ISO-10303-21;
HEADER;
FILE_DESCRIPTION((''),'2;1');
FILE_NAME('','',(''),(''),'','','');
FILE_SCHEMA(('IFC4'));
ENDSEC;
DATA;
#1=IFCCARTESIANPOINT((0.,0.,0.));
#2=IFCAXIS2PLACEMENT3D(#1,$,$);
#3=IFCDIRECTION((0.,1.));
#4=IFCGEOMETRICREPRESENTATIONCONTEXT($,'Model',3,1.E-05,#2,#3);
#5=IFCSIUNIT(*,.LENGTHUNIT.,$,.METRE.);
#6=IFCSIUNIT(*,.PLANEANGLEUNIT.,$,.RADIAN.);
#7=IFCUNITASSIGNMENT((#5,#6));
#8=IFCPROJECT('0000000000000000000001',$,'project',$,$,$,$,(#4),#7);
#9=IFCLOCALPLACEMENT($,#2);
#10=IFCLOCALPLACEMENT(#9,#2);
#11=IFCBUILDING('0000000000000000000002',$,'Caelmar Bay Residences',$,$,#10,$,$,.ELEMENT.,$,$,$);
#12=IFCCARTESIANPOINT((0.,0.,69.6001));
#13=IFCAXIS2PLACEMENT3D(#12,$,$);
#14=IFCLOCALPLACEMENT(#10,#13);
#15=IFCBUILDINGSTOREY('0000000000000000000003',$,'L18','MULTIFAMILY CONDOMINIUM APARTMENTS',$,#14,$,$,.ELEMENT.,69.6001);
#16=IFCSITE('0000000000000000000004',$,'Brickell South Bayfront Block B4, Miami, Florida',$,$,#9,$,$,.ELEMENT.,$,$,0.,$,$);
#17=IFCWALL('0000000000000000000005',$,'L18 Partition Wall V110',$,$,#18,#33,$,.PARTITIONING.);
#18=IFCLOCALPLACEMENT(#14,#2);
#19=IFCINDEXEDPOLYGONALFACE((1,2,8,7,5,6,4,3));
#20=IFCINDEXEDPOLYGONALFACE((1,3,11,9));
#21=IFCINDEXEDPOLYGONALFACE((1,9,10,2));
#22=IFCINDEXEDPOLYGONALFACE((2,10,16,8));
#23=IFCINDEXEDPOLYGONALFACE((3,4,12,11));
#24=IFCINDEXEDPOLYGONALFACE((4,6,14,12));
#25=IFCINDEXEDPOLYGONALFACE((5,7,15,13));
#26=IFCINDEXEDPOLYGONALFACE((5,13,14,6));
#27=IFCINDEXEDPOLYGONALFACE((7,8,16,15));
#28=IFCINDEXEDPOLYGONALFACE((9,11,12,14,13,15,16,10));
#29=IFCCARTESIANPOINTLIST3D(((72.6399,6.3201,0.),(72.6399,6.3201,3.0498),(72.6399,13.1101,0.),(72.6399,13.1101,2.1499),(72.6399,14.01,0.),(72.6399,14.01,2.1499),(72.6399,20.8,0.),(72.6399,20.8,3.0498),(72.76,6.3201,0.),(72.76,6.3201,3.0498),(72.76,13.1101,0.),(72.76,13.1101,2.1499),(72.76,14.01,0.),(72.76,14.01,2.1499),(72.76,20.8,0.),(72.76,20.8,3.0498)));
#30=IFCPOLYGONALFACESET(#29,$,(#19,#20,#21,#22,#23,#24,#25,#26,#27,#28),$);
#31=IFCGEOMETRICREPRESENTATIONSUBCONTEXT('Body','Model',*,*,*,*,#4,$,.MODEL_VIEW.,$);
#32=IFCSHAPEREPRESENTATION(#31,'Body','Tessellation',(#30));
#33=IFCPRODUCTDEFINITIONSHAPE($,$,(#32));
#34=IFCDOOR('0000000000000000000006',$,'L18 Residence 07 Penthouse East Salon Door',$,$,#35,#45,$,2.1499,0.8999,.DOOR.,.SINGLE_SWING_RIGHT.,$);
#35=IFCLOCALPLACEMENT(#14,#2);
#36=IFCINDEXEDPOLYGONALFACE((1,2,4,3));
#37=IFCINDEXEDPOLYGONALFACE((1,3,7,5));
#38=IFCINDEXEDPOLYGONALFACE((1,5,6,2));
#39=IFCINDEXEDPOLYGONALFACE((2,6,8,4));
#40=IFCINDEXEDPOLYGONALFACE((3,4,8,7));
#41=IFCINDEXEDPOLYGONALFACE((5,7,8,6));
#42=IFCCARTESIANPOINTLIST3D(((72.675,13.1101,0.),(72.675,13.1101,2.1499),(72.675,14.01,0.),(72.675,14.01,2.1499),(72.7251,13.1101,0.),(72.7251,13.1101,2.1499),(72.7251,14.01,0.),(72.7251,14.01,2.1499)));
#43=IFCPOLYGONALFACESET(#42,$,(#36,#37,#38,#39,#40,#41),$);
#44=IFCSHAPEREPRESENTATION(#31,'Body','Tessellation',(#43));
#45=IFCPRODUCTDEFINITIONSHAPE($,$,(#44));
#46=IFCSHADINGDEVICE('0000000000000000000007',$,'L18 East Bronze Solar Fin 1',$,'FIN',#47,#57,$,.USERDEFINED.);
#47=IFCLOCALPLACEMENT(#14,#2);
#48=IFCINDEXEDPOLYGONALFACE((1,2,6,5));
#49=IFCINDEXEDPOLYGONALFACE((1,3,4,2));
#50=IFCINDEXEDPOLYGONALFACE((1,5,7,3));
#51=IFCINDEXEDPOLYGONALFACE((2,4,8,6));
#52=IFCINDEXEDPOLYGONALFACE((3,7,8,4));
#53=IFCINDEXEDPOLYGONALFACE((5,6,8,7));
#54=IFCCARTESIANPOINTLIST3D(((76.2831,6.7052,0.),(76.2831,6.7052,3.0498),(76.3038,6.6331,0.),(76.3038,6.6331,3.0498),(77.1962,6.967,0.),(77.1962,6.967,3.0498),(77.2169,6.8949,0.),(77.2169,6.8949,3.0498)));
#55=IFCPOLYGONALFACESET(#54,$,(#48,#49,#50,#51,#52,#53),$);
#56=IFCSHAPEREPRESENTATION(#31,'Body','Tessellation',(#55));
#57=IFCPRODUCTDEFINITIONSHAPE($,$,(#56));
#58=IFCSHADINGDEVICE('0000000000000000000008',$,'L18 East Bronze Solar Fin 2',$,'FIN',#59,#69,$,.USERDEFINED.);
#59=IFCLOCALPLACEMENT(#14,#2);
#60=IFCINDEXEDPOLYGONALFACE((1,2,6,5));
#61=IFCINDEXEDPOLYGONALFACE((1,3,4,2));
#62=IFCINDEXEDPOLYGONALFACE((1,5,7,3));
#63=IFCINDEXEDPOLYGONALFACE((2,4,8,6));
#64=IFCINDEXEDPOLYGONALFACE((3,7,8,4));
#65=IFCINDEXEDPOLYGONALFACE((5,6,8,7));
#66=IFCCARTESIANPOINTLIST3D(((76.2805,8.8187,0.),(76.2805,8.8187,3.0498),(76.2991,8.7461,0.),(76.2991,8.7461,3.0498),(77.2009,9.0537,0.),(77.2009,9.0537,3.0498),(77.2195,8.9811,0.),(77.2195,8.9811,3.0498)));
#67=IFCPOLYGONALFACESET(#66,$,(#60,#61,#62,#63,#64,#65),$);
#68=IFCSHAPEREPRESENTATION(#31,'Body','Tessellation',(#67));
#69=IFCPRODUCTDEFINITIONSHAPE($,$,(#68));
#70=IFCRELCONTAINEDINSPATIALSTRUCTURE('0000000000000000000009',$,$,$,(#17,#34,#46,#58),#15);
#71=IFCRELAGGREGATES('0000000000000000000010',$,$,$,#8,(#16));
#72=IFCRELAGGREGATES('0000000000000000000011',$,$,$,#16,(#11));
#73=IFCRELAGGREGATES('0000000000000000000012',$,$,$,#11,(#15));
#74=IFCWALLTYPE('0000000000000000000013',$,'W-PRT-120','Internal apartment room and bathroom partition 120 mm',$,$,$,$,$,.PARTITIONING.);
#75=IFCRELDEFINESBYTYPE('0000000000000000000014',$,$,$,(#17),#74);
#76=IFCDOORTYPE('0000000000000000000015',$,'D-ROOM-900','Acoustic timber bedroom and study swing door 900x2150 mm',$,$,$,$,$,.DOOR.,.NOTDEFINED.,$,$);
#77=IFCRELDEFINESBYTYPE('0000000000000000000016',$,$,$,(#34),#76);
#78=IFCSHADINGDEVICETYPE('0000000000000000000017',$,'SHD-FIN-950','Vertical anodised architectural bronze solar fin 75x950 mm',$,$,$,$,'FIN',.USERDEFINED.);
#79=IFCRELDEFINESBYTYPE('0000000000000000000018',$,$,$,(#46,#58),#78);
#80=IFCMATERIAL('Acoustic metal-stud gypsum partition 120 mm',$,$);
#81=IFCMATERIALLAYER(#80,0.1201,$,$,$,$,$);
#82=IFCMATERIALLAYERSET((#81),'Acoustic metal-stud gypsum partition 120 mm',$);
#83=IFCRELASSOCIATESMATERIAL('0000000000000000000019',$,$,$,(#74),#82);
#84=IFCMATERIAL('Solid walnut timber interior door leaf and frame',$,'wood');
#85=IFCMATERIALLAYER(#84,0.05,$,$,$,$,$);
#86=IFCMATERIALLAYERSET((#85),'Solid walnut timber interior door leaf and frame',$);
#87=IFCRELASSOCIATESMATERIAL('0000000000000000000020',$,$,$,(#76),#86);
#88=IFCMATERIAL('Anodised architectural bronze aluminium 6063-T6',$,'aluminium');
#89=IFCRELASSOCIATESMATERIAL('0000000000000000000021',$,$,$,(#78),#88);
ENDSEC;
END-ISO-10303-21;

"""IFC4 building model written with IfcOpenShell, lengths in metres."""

from ifc_helpers import new_model, si_unit, direction, frame, frame_2d, origin, origin_2d, place, context, subcontext, project, spatial, rectangle, extrude, material, layer, layer_set, material_profile, profile_set, type_object, element, fill, save


model = new_model("IFC4")

# Units and contexts
model_context = context("Model", 3, precision=1e-05, world=origin(), true_north=direction((0.0, 1.0)))
body_context = subcontext(model_context, "Body", "Model", "MODEL_VIEW")
ifc_project = project(units=[si_unit("LENGTHUNIT", "METRE"), si_unit("PLANEANGLEUNIT", "RADIAN")], contexts=[model_context])

# Site, building, storey
site_placement = place(None, origin())
site = spatial("IfcSite", under=ifc_project, at=site_placement, Name="Brickell South Bayfront Block B4, Miami, Florida", CompositionType="ELEMENT", RefElevation=0.0)
building_placement = place(site_placement, origin())
building = spatial("IfcBuilding", under=site, at=building_placement, Name="Caelmar Bay Residences", CompositionType="ELEMENT")
storey_placement = place(building_placement, frame((0.0, 0.0, 69.6001)))
storey = spatial("IfcBuildingStorey", under=building, at=storey_placement, Name="L18", Description="MULTIFAMILY CONDOMINIUM APARTMENTS", CompositionType="ELEMENT", Elevation=69.6001)

# Wall, opening, door
ifc_material_1 = material(Name="Acoustic metal-stud gypsum partition 120 mm")
ifc_layer_1 = layer(ifc_material_1, 0.1201)
ifc_layer_set_1 = layer_set([ifc_layer_1], Name="Acoustic metal-stud gypsum partition 120 mm")
wall_type_1 = type_object("IfcWallType", Name="W-PRT-120", Description="Internal apartment room and bathroom partition 120 mm", PredefinedType="PARTITIONING", material=ifc_layer_set_1)
wall_1_placement = place(storey_placement, frame((72.7, 6.3201, 0.0), z_axis=(0.0, 0.0, 1.0), x_axis=(0.0, 1.0, 0.0)))
wall_1 = element("IfcWall", 1, at=wall_1_placement, inside=storey, type_object=wall_type_1, Name="L18 Partition Wall V110", PredefinedType="PARTITIONING", context=body_context, shape_type="SweptSolid", body=[
    extrude(rectangle(XDim=14.48, YDim=0.1201, at=frame_2d((7.24, 0.0))), origin(), (0.0, 0.0, 1.0), 3.0498),
])
opening_placement = place(wall_1_placement, frame((6.79, 0.0, 0.0)))
opening = element("IfcOpeningElement", 2, at=opening_placement, cuts=wall_1, PredefinedType="OPENING", context=body_context, shape_type="SweptSolid", body=[
    extrude(rectangle(XDim=0.8999, YDim=2.1499, at=frame_2d((0.45, 1.075))), frame((0.0, 0.0701, 0.0), z_axis=(0.0, -1.0, 0.0), x_axis=(1.0, 0.0, 0.0)), (0.0, 0.0, 1.0), 0.1401),
])
ifc_material_2 = material(Name="Solid walnut timber interior door leaf and frame", Category="wood")
ifc_layer_2 = layer(ifc_material_2, 0.05)
ifc_layer_set_2 = layer_set([ifc_layer_2], Name="Solid walnut timber interior door leaf and frame")
door_type = type_object("IfcDoorType", Name="D-ROOM-900", Description="Acoustic timber bedroom and study swing door 900x2150 mm", OperationType="NOTDEFINED", PredefinedType="DOOR", material=ifc_layer_set_2)
door_placement = place(opening_placement, origin())
door = element("IfcDoor", 3, at=door_placement, inside=storey, type_object=door_type, Name="L18 Residence 07 Penthouse East Salon Door", OperationType="SINGLE_SWING_RIGHT", OverallHeight=2.1499, OverallWidth=0.8999, PredefinedType="DOOR", context=body_context, shape_type="SweptSolid", body=[
    extrude(rectangle(XDim=0.8999, YDim=2.1499, at=frame_2d((0.45, 1.075))), frame((0.0, 0.0249, 0.0), z_axis=(0.0, -1.0, 0.0), x_axis=(1.0, 0.0, 0.0)), (0.0, 0.0, 1.0), 0.05),
])
fill(opening, door)

# Shading devices
ifc_material_3 = material(Name="Anodised architectural bronze aluminium 6063-T6", Category="aluminium")
ifc_material_profile_1 = material_profile(ifc_material_3, rectangle(XDim=0.075, YDim=0.95, at=origin_2d()), Name="BRONZE-FIN-75X950")
ifc_profile_set_1 = profile_set([ifc_material_profile_1], Name="Anodised architectural bronze aluminium 6063-T6")
shading_device_type = type_object("IfcShadingDeviceType", Name="SHD-FIN-950", Description="Vertical anodised architectural bronze solar fin 75x950 mm", ElementType="FIN", PredefinedType="USERDEFINED", material=ifc_profile_set_1)
for number, where, z_axis, x_axis, name in (
    (4, (76.75, 6.8, 0.0), (0.0, 0.0, 1.0), (-0.275637, 0.961262, 0.0), "L18 East Bronze Solar Fin 1"),
    (5, (76.75, 8.8999, 0.0), (0.0, 0.0, 1.0), (-0.247337, 0.968929, 0.0), "L18 East Bronze Solar Fin 2"),
):
    element("IfcShadingDevice", number, at=place(storey_placement, frame(where, z_axis=z_axis, x_axis=x_axis)), inside=storey, type_object=shading_device_type, Name=name, ObjectType="FIN", PredefinedType="USERDEFINED", context=body_context, shape_type="SweptSolid", body=[
        extrude(rectangle(XDim=0.075, YDim=0.95, at=origin_2d()), origin(), (0.0, 0.0, 1.0), 3.0498),
    ])

save(model, "model.ifc")
